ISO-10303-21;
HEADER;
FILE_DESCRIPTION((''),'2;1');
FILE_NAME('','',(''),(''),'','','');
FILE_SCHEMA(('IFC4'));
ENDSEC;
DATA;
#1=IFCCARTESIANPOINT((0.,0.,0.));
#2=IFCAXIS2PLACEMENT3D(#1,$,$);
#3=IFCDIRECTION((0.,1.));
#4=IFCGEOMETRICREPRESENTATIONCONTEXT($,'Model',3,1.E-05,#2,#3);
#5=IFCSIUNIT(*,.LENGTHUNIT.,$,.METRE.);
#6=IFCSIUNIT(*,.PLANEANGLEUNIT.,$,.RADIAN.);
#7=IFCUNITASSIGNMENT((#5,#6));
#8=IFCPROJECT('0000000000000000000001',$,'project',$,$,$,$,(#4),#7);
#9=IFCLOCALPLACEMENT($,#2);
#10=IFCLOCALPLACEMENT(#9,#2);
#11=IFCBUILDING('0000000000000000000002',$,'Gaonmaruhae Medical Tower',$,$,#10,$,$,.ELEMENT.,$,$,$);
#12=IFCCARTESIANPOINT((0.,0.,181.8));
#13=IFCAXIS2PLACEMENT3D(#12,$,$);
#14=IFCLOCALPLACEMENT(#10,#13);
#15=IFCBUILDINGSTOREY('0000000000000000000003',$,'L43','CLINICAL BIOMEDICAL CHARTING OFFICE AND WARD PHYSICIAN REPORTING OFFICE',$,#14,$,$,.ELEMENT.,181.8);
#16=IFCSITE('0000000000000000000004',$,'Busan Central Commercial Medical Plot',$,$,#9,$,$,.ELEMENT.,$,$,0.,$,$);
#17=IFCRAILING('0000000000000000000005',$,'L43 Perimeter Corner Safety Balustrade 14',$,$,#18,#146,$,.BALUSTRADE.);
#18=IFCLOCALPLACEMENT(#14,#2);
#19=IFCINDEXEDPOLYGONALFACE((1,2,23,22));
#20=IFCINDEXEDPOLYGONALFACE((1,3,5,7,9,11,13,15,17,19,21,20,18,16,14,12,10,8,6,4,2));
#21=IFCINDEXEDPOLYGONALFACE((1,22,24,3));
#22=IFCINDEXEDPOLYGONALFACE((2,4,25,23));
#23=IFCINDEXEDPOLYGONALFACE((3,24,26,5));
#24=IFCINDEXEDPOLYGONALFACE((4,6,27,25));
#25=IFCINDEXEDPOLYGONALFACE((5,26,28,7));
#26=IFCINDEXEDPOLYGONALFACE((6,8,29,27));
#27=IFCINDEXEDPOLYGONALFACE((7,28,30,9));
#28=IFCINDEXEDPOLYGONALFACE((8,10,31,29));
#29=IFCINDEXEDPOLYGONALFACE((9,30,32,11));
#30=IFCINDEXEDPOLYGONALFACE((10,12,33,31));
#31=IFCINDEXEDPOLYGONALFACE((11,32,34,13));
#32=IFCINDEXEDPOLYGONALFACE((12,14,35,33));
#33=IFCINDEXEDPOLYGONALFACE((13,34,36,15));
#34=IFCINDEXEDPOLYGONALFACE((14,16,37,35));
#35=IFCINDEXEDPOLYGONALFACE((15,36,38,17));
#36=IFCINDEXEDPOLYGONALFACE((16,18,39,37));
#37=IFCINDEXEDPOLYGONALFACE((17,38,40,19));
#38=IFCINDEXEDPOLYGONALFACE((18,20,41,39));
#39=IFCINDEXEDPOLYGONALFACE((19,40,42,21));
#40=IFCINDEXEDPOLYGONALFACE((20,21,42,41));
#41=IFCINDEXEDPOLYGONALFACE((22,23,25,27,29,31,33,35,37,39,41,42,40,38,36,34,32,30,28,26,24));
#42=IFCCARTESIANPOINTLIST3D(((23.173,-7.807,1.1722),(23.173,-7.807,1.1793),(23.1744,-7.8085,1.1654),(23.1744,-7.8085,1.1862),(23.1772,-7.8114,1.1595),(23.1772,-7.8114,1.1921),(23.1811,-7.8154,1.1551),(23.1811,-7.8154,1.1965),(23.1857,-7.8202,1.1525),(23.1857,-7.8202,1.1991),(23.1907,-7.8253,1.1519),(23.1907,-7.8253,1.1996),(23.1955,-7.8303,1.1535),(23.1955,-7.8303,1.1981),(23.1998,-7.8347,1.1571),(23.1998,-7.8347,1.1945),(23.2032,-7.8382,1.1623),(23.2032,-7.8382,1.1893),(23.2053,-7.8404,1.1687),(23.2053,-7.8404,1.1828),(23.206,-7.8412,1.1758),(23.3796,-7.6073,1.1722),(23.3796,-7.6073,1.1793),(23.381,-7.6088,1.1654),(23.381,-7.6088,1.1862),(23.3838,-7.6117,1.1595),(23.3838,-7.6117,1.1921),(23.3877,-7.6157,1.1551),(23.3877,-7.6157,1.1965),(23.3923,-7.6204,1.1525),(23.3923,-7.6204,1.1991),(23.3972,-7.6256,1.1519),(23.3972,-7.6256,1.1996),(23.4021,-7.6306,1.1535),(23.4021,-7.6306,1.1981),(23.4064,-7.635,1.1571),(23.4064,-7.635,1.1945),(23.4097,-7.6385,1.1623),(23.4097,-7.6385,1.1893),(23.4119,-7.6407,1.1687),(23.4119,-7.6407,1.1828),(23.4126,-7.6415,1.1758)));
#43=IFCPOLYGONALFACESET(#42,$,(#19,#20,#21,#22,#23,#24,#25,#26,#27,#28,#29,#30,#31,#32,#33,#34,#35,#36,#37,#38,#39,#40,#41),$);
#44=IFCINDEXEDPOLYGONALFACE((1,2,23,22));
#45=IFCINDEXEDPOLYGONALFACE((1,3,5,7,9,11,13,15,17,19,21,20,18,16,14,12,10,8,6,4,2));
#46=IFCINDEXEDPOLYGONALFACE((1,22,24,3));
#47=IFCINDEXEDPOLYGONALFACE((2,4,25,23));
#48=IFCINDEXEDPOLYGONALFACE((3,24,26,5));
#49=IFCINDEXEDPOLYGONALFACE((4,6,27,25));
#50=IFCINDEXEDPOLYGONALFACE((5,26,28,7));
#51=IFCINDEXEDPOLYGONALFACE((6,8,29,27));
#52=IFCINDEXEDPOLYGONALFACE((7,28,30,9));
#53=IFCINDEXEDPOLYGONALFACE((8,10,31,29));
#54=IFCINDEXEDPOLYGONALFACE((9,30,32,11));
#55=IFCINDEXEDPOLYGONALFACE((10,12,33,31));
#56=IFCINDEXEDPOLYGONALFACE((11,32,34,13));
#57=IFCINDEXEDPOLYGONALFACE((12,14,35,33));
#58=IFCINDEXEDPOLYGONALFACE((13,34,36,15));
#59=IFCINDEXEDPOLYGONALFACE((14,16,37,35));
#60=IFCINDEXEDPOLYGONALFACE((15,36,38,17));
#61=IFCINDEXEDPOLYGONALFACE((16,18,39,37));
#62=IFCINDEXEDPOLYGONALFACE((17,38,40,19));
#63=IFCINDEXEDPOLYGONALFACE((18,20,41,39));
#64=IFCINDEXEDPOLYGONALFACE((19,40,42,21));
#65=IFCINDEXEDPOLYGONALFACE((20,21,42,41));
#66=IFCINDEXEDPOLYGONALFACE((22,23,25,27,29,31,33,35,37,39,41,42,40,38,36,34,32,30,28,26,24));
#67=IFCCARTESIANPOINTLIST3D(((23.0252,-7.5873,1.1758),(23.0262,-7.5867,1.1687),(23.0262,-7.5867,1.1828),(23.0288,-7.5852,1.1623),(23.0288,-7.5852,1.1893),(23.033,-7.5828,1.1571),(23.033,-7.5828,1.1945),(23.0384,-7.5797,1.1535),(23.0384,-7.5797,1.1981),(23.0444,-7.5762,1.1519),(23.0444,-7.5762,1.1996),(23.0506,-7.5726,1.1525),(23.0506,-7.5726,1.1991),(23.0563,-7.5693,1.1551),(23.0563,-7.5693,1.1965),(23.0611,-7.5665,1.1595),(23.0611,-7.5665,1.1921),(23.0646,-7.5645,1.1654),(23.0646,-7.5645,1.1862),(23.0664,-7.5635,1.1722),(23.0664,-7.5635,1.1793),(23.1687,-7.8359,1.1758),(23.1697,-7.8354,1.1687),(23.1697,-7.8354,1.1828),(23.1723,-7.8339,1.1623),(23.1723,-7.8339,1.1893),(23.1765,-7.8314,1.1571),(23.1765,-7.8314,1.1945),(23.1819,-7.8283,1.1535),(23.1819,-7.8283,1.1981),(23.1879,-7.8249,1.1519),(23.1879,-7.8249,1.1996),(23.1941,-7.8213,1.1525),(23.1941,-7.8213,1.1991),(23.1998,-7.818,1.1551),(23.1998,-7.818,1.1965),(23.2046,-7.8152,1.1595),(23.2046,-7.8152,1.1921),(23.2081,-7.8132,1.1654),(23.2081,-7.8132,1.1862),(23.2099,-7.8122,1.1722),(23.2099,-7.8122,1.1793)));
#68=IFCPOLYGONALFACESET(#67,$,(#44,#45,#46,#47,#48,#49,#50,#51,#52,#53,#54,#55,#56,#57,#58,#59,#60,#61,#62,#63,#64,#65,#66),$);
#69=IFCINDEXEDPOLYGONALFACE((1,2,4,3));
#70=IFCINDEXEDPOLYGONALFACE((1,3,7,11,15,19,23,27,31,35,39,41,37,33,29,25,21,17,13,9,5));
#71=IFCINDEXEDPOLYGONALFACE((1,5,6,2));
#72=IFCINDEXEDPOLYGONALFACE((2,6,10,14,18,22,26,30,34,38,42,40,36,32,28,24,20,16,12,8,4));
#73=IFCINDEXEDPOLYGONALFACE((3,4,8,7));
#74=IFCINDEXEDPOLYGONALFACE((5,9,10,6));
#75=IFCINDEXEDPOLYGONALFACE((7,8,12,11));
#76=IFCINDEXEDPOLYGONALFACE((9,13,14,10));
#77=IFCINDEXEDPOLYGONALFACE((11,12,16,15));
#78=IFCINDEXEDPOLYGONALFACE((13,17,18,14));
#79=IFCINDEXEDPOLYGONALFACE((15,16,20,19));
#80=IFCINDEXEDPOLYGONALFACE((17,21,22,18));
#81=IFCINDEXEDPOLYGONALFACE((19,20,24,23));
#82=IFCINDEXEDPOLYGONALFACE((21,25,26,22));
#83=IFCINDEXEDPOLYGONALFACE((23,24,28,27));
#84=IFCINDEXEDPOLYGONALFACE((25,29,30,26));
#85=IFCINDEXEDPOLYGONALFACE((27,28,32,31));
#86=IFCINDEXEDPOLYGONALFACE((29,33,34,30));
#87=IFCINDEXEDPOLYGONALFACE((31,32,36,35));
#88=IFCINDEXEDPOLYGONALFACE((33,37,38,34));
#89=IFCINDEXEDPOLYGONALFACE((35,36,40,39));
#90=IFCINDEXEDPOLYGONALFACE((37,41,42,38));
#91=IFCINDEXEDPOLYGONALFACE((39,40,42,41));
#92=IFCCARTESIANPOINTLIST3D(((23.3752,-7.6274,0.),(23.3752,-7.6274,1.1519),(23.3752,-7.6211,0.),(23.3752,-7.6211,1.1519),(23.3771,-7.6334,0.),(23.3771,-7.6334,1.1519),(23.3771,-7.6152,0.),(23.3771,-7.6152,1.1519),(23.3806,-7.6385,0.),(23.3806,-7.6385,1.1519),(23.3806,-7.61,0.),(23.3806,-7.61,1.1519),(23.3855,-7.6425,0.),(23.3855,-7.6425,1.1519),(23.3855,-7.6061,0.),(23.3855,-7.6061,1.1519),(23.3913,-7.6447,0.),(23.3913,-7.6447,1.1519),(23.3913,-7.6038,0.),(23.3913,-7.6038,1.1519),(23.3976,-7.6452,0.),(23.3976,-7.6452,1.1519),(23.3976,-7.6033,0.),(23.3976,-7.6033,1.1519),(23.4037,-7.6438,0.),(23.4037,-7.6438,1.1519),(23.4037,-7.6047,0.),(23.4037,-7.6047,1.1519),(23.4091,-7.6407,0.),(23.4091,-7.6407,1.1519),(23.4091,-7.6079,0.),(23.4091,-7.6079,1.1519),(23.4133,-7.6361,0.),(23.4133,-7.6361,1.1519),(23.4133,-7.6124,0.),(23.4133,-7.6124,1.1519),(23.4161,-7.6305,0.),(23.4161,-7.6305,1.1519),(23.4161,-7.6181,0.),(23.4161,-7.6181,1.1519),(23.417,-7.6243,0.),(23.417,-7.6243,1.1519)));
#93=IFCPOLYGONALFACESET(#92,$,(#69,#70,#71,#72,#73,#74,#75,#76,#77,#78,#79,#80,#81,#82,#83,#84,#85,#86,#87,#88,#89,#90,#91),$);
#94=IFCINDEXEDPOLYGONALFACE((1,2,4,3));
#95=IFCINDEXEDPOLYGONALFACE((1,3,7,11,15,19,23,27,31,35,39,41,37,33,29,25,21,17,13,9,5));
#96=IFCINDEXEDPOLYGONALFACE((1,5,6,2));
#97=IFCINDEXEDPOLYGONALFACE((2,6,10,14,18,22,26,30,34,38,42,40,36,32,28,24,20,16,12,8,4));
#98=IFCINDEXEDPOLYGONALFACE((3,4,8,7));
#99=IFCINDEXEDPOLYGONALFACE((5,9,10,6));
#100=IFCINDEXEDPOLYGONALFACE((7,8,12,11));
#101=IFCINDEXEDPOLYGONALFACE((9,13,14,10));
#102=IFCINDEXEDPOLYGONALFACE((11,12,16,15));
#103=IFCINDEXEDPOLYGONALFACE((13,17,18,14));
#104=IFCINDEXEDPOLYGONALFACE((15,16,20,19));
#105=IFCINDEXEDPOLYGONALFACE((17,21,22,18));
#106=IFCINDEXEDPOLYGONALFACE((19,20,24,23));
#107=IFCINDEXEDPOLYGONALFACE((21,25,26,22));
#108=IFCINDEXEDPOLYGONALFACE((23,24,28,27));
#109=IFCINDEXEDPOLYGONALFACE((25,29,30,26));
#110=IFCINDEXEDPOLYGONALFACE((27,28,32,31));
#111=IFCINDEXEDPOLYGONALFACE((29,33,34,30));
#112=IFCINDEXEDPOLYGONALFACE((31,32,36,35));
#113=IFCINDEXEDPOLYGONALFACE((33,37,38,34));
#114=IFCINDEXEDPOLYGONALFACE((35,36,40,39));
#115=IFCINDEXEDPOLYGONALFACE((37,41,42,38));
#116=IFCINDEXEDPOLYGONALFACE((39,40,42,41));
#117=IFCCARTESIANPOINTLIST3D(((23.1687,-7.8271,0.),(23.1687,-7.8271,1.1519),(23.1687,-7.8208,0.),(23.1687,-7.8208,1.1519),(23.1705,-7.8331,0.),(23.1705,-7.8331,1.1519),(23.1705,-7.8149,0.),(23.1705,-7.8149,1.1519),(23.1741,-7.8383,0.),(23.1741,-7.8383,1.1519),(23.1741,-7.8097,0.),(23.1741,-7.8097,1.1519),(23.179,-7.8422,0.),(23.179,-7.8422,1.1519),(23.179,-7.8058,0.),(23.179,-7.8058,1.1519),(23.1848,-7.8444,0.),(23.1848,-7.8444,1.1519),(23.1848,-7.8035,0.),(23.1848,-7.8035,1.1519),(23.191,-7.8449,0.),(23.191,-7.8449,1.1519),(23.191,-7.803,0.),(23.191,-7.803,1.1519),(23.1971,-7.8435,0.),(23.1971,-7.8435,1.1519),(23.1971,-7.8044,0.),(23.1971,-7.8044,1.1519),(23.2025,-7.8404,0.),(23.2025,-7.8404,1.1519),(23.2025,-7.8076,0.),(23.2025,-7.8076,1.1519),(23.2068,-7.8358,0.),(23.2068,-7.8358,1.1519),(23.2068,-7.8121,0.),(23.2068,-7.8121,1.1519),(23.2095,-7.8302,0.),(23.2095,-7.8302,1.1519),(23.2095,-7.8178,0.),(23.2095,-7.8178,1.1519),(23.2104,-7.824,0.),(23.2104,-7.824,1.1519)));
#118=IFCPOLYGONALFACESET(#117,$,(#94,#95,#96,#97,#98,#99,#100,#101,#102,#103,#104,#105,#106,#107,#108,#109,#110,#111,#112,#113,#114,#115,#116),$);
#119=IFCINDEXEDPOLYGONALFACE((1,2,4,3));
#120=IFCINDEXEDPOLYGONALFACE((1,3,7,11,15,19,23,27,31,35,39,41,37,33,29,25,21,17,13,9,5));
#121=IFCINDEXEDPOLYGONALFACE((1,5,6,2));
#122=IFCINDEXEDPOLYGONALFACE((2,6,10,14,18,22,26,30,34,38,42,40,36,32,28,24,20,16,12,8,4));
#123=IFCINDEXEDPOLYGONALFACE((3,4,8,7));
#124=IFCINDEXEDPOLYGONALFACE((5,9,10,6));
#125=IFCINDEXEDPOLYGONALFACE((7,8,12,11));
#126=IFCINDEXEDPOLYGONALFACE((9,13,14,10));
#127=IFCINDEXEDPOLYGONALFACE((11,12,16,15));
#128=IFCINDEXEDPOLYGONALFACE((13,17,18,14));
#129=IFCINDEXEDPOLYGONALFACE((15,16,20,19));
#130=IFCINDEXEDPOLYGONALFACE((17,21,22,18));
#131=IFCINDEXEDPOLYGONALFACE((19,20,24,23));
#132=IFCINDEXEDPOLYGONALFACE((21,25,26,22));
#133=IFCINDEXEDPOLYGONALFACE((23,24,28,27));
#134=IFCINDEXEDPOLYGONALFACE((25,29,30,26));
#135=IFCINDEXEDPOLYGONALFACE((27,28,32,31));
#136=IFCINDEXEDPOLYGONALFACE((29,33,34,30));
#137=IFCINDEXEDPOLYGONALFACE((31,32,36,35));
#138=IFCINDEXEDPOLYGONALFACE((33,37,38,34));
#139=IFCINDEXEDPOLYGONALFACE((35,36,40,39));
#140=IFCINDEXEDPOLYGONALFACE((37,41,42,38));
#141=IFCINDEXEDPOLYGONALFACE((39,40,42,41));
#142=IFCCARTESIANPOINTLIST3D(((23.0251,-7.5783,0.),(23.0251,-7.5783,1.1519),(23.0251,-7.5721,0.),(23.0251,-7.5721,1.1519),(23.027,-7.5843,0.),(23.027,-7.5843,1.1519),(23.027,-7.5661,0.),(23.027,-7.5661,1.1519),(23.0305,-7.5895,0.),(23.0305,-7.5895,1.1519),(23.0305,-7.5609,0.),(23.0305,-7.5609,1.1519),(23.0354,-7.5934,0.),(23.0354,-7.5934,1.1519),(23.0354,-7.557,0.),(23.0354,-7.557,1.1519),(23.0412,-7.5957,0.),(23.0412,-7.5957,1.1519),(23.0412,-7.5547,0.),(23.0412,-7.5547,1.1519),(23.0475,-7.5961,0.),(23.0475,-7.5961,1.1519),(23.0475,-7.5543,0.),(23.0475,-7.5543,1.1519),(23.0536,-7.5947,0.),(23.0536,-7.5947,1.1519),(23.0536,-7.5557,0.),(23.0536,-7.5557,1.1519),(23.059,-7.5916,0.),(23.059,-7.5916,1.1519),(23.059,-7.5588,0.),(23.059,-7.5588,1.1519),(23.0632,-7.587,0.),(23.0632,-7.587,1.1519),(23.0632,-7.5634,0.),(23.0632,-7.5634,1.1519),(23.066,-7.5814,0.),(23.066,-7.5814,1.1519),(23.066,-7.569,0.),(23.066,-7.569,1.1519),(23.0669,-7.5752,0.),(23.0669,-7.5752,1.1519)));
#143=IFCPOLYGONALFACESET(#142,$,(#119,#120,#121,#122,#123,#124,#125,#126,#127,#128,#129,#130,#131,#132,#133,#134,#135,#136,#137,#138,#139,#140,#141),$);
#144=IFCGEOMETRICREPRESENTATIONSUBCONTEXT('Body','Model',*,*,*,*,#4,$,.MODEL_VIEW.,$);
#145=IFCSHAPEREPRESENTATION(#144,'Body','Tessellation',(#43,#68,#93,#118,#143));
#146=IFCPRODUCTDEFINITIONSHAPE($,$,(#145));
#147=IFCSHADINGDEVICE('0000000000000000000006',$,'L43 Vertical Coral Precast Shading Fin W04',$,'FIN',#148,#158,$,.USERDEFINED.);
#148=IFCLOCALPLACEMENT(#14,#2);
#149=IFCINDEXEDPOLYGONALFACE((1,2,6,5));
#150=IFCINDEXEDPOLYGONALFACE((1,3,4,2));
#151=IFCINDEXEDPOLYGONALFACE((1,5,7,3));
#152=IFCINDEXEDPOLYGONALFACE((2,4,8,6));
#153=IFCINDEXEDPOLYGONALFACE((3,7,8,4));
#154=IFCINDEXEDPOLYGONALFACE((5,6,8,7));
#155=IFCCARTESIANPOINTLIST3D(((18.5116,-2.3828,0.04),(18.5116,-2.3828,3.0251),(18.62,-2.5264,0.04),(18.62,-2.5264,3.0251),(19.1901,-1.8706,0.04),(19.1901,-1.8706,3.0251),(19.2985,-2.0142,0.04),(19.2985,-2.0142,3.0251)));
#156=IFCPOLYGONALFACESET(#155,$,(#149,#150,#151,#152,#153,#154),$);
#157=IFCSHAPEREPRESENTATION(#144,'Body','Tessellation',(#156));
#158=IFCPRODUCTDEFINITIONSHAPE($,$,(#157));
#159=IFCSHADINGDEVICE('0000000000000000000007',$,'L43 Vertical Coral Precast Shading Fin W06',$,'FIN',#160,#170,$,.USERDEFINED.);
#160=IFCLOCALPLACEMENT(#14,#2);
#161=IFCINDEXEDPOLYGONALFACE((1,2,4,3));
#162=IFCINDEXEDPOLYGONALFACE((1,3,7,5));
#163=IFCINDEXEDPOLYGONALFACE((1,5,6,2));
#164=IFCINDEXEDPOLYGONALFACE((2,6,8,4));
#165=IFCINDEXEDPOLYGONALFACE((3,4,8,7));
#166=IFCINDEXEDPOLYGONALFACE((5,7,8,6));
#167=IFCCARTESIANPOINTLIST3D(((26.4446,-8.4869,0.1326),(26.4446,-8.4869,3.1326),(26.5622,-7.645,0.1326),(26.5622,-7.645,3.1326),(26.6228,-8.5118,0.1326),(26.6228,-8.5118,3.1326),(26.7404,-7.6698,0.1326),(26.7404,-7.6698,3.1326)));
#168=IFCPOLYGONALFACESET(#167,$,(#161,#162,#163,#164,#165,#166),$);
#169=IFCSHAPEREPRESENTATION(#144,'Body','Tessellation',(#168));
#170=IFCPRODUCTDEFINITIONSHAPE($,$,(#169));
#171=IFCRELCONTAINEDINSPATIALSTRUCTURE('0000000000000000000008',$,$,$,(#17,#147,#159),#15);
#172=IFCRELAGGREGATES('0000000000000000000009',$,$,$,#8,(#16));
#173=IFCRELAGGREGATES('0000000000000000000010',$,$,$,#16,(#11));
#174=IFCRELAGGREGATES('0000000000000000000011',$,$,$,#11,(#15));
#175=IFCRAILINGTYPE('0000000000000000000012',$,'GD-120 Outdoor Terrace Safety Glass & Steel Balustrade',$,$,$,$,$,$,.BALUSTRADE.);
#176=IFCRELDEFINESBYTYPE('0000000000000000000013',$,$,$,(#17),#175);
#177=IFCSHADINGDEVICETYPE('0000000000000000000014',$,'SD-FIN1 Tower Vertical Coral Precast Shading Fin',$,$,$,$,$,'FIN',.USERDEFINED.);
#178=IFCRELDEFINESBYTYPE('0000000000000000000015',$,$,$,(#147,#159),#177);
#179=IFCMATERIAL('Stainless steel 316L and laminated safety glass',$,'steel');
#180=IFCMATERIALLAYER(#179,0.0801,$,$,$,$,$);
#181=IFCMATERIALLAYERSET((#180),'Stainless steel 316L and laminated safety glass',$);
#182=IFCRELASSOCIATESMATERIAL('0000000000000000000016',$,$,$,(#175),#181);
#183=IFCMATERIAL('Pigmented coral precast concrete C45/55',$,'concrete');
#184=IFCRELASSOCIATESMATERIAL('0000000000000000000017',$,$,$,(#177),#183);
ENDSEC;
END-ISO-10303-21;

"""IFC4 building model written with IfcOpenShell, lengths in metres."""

from ifc_helpers import new_model, si_unit, direction, frame, origin, origin_2d, place, context, subcontext, project, spatial, rectangle, circle, extrude, material, layer, layer_set, type_object, element, save


model = new_model("IFC4")

# Units and contexts
model_context = context("Model", 3, precision=1e-05, world=origin(), true_north=direction((0.0, 1.0)))
body_context = subcontext(model_context, "Body", "Model", "MODEL_VIEW")
ifc_project = project(units=[si_unit("LENGTHUNIT", "METRE"), si_unit("PLANEANGLEUNIT", "RADIAN")], contexts=[model_context])

# Site, building, storey
site_placement = place(None, origin())
site = spatial("IfcSite", under=ifc_project, at=site_placement, Name="Busan Central Commercial Medical Plot", CompositionType="ELEMENT", RefElevation=0.0)
building_placement = place(site_placement, origin())
building = spatial("IfcBuilding", under=site, at=building_placement, Name="Gaonmaruhae Medical Tower", CompositionType="ELEMENT")
storey_placement = place(building_placement, frame((0.0, 0.0, 181.8)))
storey = spatial("IfcBuildingStorey", under=building, at=storey_placement, Name="L43", Description="CLINICAL BIOMEDICAL CHARTING OFFICE AND WARD PHYSICIAN REPORTING OFFICE", CompositionType="ELEMENT", Elevation=181.8)

# Railing
ifc_material_1 = material(Name="Stainless steel 316L and laminated safety glass", Category="steel")
ifc_layer_1 = layer(ifc_material_1, 0.0801)
ifc_layer_set_1 = layer_set([ifc_layer_1], Name="Stainless steel 316L and laminated safety glass")
railing_type = type_object("IfcRailingType", Name="GD-120 Outdoor Terrace Safety Glass & Steel Balustrade", PredefinedType="BALUSTRADE", material=ifc_layer_set_1)
railing_1_placement = place(storey_placement, frame((23.396, -7.6243, 0.0)))
element("IfcRailing", 1, at=railing_1_placement, inside=storey, type_object=railing_type, Name="L43 Perimeter Corner Safety Balustrade 14", PredefinedType="BALUSTRADE", context=body_context, shape_type="SweptSolid", body=[
    extrude(circle(Radius=0.0239, at=origin_2d()), frame((0.0, 0.0, 1.1758), z_axis=(-0.718903, -0.69511, 0.0), x_axis=(0.69511, -0.718903, 0.0)), (0.0, 0.0, 1.0), 0.2874),
    extrude(circle(Radius=0.0239, at=origin_2d()), frame((-0.2065, -0.1997, 1.1758), z_axis=(-0.499796, 0.866143, 0.0), x_axis=(-0.866143, -0.499796, 0.0)), (0.0, 0.0, 1.0), 0.2871),
    extrude(circle(Radius=0.021, at=origin_2d()), origin(), (0.0, 0.0, 1.0), 1.1519),
    extrude(circle(Radius=0.021, at=origin_2d()), frame((-0.2065, -0.1997, 0.0)), (0.0, 0.0, 1.0), 1.1519),
    extrude(circle(Radius=0.021, at=origin_2d()), frame((-0.3501, 0.0491, 0.0)), (0.0, 0.0, 1.0), 1.1519),
])

# Shading devices
ifc_material_2 = material(Name="Pigmented coral precast concrete C45/55", Category="concrete")
shading_device_type = type_object("IfcShadingDeviceType", Name="SD-FIN1 Tower Vertical Coral Precast Shading Fin", ElementType="FIN", PredefinedType="USERDEFINED", material=ifc_material_2)
shading_device_1_placement = place(storey_placement, frame((18.905, -2.1985, 0.04), z_axis=(0.0, 0.0, 1.0), x_axis=(-0.602512, 0.79811, 0.0)))
element("IfcShadingDevice", 2, at=shading_device_1_placement, inside=storey, type_object=shading_device_type, Name="L43 Vertical Coral Precast Shading Fin W04", ObjectType="FIN", PredefinedType="USERDEFINED", context=body_context, shape_type="SweptSolid", body=[
    extrude(rectangle(XDim=0.1799, YDim=0.8501, at=origin_2d()), origin(), (0.0, 0.0, 1.0), 2.9851),
])
shading_device_2_placement = place(storey_placement, frame((26.5925, -8.0784, 0.1326), z_axis=(0.0, 0.0, 1.0), x_axis=(-0.990389, 0.138309, 0.0)))
element("IfcShadingDevice", 3, at=shading_device_2_placement, inside=storey, type_object=shading_device_type, Name="L43 Vertical Coral Precast Shading Fin W06", ObjectType="FIN", PredefinedType="USERDEFINED", context=body_context, shape_type="SweptSolid", body=[
    extrude(rectangle(XDim=0.1799, YDim=0.8501, at=origin_2d()), origin(), (0.0, 0.0, 1.0), 3.0),
])

save(model, "model.ifc")
